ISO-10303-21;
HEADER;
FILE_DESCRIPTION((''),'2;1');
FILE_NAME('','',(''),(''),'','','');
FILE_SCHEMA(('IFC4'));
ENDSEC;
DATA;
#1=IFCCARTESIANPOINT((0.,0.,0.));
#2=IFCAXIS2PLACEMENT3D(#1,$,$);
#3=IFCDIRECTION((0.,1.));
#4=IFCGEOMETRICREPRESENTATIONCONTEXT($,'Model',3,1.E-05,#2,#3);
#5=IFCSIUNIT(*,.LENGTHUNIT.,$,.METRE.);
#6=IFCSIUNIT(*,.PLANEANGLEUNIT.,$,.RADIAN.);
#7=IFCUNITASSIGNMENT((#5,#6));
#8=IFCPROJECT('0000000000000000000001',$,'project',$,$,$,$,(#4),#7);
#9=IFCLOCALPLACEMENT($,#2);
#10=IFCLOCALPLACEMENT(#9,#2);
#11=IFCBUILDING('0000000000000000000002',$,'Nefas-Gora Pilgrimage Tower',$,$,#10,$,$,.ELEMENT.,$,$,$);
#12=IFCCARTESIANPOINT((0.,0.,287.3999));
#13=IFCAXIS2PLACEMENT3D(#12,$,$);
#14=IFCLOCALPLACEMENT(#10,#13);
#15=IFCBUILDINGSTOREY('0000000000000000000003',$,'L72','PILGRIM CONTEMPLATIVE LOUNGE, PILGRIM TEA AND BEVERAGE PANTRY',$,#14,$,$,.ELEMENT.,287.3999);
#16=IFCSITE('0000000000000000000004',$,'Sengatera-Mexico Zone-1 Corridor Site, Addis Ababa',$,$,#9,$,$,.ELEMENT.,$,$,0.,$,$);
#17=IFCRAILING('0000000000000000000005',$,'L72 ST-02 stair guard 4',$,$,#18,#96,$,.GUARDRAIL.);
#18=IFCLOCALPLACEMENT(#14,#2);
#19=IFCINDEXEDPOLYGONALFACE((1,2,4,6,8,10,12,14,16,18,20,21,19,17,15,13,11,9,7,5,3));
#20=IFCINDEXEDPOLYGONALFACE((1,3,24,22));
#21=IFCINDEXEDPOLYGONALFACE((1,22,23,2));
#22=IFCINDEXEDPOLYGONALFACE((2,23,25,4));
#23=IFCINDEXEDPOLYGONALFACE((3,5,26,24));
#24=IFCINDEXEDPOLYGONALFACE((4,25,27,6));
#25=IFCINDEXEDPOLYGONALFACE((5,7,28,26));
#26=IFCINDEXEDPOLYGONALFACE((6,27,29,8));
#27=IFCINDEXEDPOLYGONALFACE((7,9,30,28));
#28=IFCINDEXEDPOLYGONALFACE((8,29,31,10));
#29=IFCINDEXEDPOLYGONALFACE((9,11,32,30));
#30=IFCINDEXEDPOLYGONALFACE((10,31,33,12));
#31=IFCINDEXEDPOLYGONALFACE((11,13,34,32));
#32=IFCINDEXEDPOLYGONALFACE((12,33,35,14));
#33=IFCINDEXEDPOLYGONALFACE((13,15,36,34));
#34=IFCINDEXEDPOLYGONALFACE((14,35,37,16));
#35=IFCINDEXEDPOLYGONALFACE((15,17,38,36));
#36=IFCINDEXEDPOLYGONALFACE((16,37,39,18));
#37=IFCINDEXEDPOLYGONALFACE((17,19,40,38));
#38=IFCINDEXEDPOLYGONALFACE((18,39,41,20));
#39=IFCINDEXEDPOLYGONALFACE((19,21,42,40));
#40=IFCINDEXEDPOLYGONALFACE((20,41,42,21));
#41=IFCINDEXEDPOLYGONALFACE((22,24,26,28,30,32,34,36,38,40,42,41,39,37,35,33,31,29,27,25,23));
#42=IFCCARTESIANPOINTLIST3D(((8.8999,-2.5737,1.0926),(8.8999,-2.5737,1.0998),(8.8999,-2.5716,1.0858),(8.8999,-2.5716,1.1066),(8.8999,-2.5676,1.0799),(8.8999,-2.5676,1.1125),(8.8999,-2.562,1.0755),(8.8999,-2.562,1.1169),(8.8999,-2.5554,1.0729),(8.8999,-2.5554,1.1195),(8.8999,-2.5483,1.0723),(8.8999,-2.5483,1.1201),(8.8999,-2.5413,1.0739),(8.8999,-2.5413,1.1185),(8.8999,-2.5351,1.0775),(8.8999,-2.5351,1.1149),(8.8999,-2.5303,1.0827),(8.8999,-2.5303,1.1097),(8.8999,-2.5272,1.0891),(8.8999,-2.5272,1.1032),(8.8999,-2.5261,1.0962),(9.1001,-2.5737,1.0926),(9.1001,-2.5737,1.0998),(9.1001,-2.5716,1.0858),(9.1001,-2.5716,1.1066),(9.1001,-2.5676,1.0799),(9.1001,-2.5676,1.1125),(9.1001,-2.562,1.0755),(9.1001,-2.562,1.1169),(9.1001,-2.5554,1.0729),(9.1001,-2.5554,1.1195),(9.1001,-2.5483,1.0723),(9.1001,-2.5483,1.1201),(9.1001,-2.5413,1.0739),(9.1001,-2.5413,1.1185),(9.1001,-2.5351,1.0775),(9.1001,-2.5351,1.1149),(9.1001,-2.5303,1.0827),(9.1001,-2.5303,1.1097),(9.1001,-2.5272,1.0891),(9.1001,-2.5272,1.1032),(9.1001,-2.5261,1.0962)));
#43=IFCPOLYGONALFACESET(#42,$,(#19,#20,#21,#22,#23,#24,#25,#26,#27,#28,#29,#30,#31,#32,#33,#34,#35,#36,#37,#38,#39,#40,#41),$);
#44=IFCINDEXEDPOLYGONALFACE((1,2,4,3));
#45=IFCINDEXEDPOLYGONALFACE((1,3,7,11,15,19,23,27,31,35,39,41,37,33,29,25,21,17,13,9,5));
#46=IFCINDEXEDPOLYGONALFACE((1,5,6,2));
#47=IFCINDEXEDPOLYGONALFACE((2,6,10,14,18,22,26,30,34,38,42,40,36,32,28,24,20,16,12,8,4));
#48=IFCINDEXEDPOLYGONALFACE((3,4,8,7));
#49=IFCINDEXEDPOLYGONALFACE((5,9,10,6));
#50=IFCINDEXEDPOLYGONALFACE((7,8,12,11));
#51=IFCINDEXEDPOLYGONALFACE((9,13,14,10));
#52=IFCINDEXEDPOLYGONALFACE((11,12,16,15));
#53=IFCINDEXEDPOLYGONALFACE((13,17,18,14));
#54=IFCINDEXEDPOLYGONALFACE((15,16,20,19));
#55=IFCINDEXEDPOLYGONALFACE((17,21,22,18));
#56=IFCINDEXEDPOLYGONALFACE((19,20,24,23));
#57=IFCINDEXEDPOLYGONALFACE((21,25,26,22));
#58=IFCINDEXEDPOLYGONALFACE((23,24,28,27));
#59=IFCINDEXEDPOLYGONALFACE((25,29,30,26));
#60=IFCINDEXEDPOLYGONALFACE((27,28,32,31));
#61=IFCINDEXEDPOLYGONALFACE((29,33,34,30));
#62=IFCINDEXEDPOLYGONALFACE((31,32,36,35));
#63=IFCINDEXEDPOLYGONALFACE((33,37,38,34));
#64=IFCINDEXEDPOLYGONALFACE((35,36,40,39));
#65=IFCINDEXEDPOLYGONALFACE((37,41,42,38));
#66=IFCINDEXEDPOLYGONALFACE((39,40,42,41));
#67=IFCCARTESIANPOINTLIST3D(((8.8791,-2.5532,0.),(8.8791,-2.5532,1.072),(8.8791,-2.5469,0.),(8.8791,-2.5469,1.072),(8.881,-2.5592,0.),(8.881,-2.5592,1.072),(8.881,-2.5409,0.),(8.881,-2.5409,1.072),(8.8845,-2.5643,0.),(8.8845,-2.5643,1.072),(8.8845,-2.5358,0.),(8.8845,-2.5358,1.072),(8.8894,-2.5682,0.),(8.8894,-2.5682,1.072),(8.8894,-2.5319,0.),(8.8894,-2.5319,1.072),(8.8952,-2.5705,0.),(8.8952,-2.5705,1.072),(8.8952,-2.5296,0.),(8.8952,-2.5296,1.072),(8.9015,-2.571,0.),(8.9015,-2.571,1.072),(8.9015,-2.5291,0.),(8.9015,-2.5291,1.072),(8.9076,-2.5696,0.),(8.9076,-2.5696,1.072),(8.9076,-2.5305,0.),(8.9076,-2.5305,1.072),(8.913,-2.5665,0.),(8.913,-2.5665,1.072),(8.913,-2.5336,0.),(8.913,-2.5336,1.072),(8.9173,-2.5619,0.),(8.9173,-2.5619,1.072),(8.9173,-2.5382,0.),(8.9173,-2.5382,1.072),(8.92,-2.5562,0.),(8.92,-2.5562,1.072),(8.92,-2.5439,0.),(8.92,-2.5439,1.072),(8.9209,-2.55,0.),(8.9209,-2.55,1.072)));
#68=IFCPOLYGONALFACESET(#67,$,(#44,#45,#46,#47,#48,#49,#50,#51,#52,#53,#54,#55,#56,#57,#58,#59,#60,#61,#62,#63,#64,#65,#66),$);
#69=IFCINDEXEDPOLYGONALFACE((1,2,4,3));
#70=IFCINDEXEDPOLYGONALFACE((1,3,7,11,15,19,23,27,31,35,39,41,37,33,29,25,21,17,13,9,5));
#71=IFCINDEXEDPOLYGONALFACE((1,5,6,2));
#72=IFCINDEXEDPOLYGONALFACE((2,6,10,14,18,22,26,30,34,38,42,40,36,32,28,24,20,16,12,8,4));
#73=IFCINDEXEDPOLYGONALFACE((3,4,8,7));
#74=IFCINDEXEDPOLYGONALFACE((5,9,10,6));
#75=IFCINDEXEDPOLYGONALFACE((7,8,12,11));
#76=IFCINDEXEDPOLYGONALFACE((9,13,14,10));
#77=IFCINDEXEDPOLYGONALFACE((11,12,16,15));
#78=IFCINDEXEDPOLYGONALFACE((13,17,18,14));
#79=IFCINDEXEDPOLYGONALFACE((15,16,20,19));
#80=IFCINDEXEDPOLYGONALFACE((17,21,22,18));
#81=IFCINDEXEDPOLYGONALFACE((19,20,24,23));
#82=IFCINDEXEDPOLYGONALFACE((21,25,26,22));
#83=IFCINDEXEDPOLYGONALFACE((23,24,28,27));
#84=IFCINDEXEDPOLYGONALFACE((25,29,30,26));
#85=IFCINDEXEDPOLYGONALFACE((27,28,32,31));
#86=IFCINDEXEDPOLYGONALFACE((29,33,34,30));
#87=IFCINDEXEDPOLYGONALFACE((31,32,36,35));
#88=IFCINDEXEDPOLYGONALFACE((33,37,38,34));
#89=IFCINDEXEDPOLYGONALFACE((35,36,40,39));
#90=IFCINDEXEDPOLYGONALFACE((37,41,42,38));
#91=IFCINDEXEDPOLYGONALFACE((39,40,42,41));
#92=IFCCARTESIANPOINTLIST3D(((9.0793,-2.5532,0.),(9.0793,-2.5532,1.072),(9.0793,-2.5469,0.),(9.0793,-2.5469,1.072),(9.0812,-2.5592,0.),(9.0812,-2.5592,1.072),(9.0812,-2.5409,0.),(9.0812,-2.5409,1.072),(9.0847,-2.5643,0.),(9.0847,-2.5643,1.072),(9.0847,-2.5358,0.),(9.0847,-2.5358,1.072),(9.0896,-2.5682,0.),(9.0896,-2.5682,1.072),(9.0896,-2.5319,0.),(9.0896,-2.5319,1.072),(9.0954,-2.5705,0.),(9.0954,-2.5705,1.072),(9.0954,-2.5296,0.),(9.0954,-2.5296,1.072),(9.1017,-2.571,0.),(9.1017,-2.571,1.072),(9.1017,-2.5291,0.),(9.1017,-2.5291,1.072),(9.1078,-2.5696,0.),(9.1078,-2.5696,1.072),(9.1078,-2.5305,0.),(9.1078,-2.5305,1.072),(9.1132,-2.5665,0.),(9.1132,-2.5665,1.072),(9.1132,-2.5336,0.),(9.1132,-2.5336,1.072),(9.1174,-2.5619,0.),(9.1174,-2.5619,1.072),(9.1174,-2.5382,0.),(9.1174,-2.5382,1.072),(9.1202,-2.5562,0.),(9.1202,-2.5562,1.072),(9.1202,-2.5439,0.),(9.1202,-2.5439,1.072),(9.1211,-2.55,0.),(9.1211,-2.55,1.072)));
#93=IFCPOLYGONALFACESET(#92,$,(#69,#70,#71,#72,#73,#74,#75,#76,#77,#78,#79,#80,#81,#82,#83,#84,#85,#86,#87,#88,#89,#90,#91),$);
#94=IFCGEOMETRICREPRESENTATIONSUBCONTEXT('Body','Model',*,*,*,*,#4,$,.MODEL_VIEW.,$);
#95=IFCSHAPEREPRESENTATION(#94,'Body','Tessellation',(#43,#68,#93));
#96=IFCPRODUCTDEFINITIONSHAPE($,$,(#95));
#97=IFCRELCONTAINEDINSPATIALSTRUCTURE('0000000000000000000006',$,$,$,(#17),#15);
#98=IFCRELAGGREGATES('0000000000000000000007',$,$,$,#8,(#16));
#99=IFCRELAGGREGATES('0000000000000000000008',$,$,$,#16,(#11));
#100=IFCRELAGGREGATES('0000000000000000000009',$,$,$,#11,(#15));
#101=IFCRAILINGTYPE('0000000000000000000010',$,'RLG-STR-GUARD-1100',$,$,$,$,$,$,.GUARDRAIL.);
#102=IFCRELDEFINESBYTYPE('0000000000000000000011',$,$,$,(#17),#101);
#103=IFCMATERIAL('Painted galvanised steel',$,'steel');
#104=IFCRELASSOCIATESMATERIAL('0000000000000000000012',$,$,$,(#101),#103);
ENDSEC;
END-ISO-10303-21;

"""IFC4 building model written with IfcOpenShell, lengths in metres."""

from ifc_helpers import new_model, si_unit, direction, frame, origin, origin_2d, place, context, subcontext, project, spatial, circle, extrude, material, type_object, element, save


model = new_model("IFC4")

# Units and contexts
model_context = context("Model", 3, precision=1e-05, world=origin(), true_north=direction((0.0, 1.0)))
body_context = subcontext(model_context, "Body", "Model", "MODEL_VIEW")
ifc_project = project(units=[si_unit("LENGTHUNIT", "METRE"), si_unit("PLANEANGLEUNIT", "RADIAN")], contexts=[model_context])

# Site, building, storey
site_placement = place(None, origin())
site = spatial("IfcSite", under=ifc_project, at=site_placement, Name="Sengatera-Mexico Zone-1 Corridor Site, Addis Ababa", CompositionType="ELEMENT", RefElevation=0.0)
building_placement = place(site_placement, origin())
building = spatial("IfcBuilding", under=site, at=building_placement, Name="Nefas-Gora Pilgrimage Tower", CompositionType="ELEMENT")
storey_placement = place(building_placement, frame((0.0, 0.0, 287.3999)))
storey = spatial("IfcBuildingStorey", under=building, at=storey_placement, Name="L72", Description="PILGRIM CONTEMPLATIVE LOUNGE, PILGRIM TEA AND BEVERAGE PANTRY", CompositionType="ELEMENT", Elevation=287.3999)

# Railing
ifc_material_1 = material(Name="Painted galvanised steel", Category="steel")
railing_type_1 = type_object("IfcRailingType", Name="RLG-STR-GUARD-1100", PredefinedType="GUARDRAIL", material=ifc_material_1)
railing_1_placement = place(storey_placement, frame((8.8999, -2.55, 0.0)))
element("IfcRailing", 1, at=railing_1_placement, inside=storey, type_object=railing_type_1, Name="L72 ST-02 stair guard 4", PredefinedType="GUARDRAIL", context=body_context, shape_type="SweptSolid", body=[
    extrude(circle(Radius=0.0239, at=origin_2d()), frame((0.0, 0.0, 1.0962), z_axis=(1.0, 0.0, 0.0), x_axis=(0.0, 1.0, 0.0)), (0.0, 0.0, 1.0), 0.2002),
    extrude(circle(Radius=0.021, at=origin_2d()), origin(), (0.0, 0.0, 1.0), 1.072),
    extrude(circle(Radius=0.021, at=origin_2d()), frame((0.2002, 0.0, 0.0)), (0.0, 0.0, 1.0), 1.072),
])

save(model, "model.ifc")
